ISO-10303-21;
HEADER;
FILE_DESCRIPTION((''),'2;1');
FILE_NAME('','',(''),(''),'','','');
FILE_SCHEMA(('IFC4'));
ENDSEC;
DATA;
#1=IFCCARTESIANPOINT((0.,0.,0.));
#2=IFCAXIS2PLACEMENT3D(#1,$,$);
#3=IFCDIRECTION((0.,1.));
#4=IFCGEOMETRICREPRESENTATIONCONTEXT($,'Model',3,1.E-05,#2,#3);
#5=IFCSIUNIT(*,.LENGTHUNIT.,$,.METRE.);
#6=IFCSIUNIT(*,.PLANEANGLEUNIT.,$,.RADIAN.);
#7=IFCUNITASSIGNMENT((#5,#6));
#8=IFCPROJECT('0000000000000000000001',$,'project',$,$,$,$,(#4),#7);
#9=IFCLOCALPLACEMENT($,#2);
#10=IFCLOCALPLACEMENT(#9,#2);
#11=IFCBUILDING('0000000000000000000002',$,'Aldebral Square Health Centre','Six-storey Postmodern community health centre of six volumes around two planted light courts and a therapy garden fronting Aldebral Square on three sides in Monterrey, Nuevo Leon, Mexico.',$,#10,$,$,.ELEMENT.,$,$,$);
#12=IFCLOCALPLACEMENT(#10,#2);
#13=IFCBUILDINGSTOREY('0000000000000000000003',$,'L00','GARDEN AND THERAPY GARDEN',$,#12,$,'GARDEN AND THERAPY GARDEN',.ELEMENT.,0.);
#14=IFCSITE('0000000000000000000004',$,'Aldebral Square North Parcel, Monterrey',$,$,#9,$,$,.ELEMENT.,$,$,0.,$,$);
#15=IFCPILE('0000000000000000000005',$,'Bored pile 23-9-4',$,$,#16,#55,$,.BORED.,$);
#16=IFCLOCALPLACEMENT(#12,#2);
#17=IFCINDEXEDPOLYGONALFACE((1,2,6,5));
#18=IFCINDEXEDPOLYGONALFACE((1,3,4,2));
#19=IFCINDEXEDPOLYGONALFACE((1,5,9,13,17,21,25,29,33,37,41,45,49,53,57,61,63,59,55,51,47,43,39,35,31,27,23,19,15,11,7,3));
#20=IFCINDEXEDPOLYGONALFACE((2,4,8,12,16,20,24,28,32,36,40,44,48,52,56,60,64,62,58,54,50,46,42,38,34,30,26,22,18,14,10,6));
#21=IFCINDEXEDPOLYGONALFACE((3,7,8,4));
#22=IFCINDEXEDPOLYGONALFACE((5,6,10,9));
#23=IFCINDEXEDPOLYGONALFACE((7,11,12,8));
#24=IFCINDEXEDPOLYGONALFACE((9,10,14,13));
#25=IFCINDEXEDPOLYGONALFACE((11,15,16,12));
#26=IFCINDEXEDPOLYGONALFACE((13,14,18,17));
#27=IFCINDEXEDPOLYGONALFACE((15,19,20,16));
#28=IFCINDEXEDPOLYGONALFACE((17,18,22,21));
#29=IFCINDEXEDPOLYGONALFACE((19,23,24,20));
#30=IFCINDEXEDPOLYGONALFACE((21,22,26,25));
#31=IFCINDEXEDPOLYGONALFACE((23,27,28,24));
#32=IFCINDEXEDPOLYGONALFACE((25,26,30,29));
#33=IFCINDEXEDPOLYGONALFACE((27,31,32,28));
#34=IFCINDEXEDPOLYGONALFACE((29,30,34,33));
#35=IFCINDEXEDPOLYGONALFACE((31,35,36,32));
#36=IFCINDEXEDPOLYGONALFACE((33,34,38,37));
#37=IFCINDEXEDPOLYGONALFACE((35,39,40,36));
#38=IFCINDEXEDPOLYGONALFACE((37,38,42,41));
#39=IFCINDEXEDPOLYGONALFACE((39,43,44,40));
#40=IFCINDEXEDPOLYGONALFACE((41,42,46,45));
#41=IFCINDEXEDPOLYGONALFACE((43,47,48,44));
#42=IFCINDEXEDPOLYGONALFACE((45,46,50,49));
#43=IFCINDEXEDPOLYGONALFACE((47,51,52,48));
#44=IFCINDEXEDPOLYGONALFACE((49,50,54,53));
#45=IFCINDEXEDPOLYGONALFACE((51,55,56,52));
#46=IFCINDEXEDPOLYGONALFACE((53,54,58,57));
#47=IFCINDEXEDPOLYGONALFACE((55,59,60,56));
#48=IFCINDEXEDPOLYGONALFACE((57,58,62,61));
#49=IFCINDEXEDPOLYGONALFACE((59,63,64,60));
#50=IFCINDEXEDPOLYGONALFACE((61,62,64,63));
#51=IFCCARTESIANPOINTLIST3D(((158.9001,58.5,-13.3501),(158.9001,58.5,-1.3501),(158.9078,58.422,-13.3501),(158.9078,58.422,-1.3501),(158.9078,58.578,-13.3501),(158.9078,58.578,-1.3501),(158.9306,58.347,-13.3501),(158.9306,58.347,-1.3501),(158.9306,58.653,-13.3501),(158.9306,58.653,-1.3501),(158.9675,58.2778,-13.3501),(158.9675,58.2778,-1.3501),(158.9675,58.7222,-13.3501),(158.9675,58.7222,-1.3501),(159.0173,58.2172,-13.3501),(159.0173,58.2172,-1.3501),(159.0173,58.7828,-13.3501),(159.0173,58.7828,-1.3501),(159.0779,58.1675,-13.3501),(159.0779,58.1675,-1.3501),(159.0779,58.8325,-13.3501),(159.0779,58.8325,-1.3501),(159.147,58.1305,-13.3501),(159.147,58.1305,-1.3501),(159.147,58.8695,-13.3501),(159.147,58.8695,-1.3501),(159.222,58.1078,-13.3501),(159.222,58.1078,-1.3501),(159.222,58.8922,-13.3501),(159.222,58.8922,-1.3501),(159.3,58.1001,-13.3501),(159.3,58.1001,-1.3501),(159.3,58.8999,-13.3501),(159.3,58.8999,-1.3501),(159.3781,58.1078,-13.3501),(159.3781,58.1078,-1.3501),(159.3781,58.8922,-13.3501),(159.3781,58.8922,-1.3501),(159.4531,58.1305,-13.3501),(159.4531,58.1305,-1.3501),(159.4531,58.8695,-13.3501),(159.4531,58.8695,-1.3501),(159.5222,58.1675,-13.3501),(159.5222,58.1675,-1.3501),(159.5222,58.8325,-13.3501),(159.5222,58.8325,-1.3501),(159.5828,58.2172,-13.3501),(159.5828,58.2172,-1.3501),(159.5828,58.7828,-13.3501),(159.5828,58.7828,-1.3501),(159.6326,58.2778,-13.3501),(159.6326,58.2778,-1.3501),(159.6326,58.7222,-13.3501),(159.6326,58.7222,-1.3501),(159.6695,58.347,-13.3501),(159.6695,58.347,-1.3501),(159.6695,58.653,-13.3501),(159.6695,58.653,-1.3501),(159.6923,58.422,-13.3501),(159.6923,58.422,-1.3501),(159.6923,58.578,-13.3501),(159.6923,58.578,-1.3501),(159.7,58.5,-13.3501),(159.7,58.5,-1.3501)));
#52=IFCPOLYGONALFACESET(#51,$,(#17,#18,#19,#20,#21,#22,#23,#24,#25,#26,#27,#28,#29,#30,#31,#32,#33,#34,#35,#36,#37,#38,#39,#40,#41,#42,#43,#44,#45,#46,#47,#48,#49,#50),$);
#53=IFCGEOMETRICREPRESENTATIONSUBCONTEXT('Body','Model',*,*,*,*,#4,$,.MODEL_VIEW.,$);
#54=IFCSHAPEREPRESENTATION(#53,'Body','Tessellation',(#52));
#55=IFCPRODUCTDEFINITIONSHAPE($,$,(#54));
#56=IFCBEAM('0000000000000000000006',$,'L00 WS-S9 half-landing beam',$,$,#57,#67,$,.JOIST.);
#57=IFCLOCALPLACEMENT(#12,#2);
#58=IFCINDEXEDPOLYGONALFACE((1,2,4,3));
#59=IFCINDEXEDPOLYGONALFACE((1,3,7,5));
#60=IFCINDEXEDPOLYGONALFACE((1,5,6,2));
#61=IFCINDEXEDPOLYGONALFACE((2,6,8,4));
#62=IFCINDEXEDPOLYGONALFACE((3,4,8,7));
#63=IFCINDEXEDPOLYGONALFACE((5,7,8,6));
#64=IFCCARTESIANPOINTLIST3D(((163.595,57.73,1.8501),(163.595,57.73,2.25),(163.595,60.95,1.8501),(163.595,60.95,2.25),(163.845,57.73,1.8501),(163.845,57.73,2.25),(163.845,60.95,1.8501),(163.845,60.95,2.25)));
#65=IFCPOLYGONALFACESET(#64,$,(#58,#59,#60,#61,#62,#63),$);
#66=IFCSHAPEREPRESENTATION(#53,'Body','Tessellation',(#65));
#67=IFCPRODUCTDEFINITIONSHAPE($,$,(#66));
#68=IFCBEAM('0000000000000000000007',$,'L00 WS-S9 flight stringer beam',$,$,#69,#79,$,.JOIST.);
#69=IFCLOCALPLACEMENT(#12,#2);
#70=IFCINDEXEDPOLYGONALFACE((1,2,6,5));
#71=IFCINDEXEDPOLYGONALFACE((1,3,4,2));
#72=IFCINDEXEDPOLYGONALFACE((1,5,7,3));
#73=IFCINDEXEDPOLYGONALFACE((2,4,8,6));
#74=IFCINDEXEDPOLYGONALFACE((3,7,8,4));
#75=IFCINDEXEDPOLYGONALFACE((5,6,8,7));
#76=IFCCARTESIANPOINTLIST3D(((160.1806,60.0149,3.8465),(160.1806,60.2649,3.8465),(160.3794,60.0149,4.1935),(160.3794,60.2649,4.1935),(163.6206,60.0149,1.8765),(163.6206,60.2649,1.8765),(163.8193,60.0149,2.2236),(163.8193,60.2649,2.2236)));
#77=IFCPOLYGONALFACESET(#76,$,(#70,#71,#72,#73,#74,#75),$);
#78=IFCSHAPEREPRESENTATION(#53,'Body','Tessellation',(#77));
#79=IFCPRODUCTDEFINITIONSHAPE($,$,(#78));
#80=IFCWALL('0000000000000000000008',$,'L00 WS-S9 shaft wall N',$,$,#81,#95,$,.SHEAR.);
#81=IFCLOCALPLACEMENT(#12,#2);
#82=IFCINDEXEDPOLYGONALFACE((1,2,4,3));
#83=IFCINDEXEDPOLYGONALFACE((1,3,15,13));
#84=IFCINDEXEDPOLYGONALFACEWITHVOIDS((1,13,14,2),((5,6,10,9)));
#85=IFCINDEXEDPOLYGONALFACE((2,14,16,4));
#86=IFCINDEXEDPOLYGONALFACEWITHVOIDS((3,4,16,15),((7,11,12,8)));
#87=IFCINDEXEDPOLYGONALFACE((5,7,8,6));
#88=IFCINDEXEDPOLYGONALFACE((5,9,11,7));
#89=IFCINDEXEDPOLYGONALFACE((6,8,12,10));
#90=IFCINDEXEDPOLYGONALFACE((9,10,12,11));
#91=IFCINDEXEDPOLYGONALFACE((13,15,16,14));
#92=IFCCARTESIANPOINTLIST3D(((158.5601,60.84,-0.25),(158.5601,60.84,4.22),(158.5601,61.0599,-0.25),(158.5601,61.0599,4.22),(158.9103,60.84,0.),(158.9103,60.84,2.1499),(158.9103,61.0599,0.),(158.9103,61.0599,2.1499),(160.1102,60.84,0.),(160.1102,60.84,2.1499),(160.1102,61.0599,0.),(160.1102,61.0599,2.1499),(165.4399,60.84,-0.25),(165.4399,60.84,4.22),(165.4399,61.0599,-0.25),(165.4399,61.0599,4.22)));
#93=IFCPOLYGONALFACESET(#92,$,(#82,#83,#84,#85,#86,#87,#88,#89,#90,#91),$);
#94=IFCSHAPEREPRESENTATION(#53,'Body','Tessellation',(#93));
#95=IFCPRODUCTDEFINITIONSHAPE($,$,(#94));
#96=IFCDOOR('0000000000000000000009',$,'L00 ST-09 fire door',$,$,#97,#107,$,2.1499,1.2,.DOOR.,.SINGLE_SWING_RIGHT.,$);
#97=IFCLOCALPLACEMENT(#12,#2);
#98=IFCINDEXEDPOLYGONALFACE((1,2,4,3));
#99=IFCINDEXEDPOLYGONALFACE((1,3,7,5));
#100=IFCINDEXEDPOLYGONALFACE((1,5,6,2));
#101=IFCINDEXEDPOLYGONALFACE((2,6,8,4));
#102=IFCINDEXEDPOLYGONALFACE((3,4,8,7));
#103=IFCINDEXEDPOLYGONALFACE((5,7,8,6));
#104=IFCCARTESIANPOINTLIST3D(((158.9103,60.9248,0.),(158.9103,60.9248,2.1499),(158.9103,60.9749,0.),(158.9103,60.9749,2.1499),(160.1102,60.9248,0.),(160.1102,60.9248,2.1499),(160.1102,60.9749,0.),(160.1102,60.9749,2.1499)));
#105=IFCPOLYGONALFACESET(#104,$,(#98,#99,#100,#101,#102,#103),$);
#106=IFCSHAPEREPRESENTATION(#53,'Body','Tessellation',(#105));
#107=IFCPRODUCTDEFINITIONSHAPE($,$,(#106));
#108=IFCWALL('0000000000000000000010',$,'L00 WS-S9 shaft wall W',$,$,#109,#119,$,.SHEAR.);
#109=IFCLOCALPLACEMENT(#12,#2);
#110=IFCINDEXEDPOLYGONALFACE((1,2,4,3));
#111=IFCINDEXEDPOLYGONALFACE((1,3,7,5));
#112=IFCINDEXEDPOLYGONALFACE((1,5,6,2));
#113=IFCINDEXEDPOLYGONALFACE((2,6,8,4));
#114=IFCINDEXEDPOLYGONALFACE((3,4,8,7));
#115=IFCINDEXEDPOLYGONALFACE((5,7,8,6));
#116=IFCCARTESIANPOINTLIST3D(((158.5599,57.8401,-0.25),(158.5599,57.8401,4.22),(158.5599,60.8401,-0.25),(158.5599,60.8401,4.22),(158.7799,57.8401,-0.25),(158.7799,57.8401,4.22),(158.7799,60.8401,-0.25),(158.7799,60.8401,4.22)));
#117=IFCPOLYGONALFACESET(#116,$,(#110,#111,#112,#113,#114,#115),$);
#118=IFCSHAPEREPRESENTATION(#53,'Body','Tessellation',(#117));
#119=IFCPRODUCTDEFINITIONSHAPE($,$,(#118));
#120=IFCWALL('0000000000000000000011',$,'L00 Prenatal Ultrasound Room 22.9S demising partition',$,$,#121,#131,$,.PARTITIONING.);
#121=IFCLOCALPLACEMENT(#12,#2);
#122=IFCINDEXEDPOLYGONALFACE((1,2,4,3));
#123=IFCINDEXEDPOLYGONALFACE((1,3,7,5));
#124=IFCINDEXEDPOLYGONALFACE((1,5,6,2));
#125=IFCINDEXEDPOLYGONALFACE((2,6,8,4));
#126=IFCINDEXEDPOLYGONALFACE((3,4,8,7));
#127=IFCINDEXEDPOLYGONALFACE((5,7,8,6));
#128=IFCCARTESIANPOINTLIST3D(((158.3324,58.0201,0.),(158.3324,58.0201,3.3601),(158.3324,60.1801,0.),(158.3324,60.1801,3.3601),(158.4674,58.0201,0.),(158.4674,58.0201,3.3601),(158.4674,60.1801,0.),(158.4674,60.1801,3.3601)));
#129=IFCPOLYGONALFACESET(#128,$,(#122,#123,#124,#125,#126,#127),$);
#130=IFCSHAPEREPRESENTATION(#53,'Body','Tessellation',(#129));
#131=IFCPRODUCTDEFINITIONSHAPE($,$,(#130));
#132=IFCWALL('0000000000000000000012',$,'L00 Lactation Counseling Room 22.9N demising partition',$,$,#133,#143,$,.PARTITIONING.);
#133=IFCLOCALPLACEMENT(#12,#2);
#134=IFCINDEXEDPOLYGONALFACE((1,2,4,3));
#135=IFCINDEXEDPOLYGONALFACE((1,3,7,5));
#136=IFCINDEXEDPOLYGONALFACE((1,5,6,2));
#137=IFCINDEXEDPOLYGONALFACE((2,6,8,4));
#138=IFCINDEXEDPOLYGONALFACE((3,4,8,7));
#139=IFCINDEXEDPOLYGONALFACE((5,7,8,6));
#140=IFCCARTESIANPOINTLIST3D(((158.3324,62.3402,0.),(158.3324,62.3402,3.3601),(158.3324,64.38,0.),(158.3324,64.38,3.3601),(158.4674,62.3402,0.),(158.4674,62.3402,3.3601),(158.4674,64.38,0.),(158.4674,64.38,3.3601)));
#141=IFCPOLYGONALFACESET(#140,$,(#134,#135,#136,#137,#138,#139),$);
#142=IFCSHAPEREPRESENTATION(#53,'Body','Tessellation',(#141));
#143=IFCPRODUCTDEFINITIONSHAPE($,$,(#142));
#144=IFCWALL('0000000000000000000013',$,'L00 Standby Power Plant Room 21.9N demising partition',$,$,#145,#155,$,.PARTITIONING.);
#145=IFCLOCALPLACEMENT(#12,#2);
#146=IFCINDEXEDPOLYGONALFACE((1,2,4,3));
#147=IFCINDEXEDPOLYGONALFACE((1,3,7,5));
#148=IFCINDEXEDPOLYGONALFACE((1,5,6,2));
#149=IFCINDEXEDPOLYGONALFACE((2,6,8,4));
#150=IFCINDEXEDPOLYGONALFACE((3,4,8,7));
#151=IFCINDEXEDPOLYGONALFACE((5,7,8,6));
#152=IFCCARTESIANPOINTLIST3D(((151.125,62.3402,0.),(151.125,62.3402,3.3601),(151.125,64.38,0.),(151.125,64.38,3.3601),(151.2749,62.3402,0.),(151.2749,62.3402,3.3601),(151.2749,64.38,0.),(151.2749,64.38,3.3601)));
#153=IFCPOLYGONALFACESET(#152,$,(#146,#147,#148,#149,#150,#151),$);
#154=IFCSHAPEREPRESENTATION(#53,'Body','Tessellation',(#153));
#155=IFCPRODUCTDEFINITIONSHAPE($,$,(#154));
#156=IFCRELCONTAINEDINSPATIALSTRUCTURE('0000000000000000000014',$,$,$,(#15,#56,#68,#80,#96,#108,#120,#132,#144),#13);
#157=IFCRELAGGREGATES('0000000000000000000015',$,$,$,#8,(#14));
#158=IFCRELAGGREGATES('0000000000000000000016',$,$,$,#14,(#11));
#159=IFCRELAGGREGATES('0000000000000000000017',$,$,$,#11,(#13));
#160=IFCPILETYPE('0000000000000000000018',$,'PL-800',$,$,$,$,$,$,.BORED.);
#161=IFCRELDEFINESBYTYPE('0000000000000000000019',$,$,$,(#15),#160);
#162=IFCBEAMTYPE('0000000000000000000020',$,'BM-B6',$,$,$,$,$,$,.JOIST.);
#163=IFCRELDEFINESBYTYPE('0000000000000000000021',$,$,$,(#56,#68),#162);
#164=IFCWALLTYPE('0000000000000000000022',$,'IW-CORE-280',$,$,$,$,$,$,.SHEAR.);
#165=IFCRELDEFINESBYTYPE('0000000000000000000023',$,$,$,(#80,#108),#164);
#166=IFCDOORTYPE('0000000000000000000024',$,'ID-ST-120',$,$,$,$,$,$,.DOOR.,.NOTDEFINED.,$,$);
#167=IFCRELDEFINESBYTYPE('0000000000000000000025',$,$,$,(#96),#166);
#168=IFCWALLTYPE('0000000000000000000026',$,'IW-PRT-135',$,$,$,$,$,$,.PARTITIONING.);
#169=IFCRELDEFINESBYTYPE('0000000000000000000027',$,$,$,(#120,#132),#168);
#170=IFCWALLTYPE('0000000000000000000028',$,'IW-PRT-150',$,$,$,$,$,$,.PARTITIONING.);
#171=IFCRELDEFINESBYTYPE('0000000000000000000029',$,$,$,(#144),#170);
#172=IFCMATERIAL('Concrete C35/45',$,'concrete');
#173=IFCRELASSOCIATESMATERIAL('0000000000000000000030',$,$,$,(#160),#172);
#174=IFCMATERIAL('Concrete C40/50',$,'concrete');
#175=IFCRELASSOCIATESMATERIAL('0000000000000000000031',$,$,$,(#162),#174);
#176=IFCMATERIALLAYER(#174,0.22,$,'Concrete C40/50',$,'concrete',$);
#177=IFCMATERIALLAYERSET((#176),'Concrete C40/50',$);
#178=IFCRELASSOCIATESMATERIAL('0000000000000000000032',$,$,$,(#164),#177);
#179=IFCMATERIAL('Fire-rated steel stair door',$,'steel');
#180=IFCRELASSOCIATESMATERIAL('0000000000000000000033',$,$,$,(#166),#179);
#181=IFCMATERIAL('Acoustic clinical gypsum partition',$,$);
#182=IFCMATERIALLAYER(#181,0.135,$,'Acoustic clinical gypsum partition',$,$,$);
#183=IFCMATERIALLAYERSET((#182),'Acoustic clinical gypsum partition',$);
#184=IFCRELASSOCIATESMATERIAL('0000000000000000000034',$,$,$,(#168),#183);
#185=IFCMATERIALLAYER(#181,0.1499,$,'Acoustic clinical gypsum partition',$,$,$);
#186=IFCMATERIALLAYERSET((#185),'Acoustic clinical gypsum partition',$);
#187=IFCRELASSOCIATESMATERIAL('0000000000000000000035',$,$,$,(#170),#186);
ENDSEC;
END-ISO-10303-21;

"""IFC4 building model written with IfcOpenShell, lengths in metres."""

from ifc_helpers import new_model, si_unit, direction, frame, frame_2d, origin, origin_2d, place, context, subcontext, project, spatial, rectangle, circle, extrude, material, layer, layer_set, material_profile, profile_set, type_object, element, fill, save


model = new_model("IFC4")

# Units and contexts
model_context = context("Model", 3, precision=1e-05, world=origin(), true_north=direction((0.0, 1.0)))
body_context = subcontext(model_context, "Body", "Model", "MODEL_VIEW")
ifc_project = project(units=[si_unit("LENGTHUNIT", "METRE"), si_unit("PLANEANGLEUNIT", "RADIAN")], contexts=[model_context])

# Site, building, storey
site_placement = place(None, origin())
site = spatial("IfcSite", under=ifc_project, at=site_placement, Name="Aldebral Square North Parcel, Monterrey", CompositionType="ELEMENT", RefElevation=0.0)
building_placement = place(site_placement, origin())
building = spatial("IfcBuilding", under=site, at=building_placement, Name="Aldebral Square Health Centre", Description="Six-storey Postmodern community health centre of six volumes around two planted light courts and a therapy garden fronting Aldebral Square on three sides in Monterrey, Nuevo Leon, Mexico.", CompositionType="ELEMENT")
storey_placement = place(building_placement, origin())
storey = spatial("IfcBuildingStorey", under=building, at=storey_placement, Name="L00", Description="GARDEN AND THERAPY GARDEN", LongName="GARDEN AND THERAPY GARDEN", CompositionType="ELEMENT", Elevation=0.0)

# Shared definitions
ifc_material_1 = material(Name="Concrete C35/45", Category="concrete")

# Pile
ifc_material_profile_1 = material_profile(ifc_material_1, circle(Radius=0.3999, at=origin_2d()), Name="PILE D800")
ifc_profile_set_1 = profile_set([ifc_material_profile_1], Name="Concrete C35/45")
pile_type_1 = type_object("IfcPileType", Name="PL-800", PredefinedType="BORED", material=ifc_profile_set_1)
for number, where, z_axis, x_axis, name in (
    (1, (159.3, 58.5, -1.3501), (0.0, 0.0, -1.0), (1.0, 0.0, 0.0), "Bored pile 23-9-4"),
):
    element("IfcPile", number, at=place(storey_placement, frame(where, z_axis=z_axis, x_axis=x_axis)), inside=storey, type_object=pile_type_1, Name=name, PredefinedType="BORED", context=body_context, shape_type="SweptSolid", body=[
        extrude(circle(Radius=0.3999, at=origin_2d()), origin(), (0.0, 0.0, 1.0), 12.0),
    ])

# Beams
ifc_material_2 = material(Name="Concrete C40/50", Category="concrete")
ifc_material_profile_2 = material_profile(ifc_material_2, rectangle(XDim=0.25, YDim=0.3999, at=origin_2d()), Name="RC 250x400")
ifc_profile_set_2 = profile_set([ifc_material_profile_2], Name="Concrete C40/50")
beam_type = type_object("IfcBeamType", Name="BM-B6", PredefinedType="JOIST", material=ifc_profile_set_2)
beam_1_placement = place(storey_placement, frame((163.72, 57.73, 2.05), z_axis=(0.0, 1.0, 0.0), x_axis=(-1.0, 0.0, 0.0)))
element("IfcBeam", 2, at=beam_1_placement, inside=storey, type_object=beam_type, Name="L00 WS-S9 half-landing beam", PredefinedType="JOIST", context=body_context, shape_type="SweptSolid", body=[
    extrude(rectangle(XDim=0.25, YDim=0.3999, at=origin_2d()), origin(), (0.0, 0.0, 1.0), 3.22),
])
beam_2_placement = place(storey_placement, frame((163.72, 60.1399, 2.05), z_axis=(-0.867777, 0.0, 0.496955), x_axis=(0.0, -1.0, 0.0)))
element("IfcBeam", 3, at=beam_2_placement, inside=storey, type_object=beam_type, Name="L00 WS-S9 flight stringer beam", PredefinedType="JOIST", context=body_context, shape_type="SweptSolid", body=[
    extrude(rectangle(XDim=0.25, YDim=0.3999, at=origin_2d()), origin(), (0.0, 0.0, 1.0), 3.9641),
])

# Wall, opening, door
ifc_layer_1 = layer(ifc_material_2, 0.22, Name="Concrete C40/50", Category="concrete")
ifc_layer_set_1 = layer_set([ifc_layer_1], Name="Concrete C40/50")
wall_type_1 = type_object("IfcWallType", Name="IW-CORE-280", PredefinedType="SHEAR", material=ifc_layer_set_1)
wall_1_placement = place(storey_placement, frame((158.5601, 60.95, -0.25), z_axis=(0.0, 0.0, 1.0), x_axis=(1.0, 0.0, 0.0)))
wall_1 = element("IfcWall", 4, at=wall_1_placement, inside=storey, type_object=wall_type_1, Name="L00 WS-S9 shaft wall N", PredefinedType="SHEAR", context=body_context, shape_type="SweptSolid", body=[
    extrude(rectangle(XDim=6.8799, YDim=0.22, at=frame_2d((3.4399, 0.0))), origin(), (0.0, 0.0, 1.0), 4.47),
])
opening_1_placement = place(wall_1_placement, frame((0.3501, 0.0, 0.25)))
opening_1 = element("IfcOpeningElement", 5, at=opening_1_placement, cuts=wall_1, PredefinedType="OPENING", context=body_context, shape_type="SweptSolid", body=[
    extrude(rectangle(XDim=1.2, YDim=2.1499, at=frame_2d((0.6001, 1.075))), frame((0.0, 0.1201, 0.0), z_axis=(0.0, -1.0, 0.0), x_axis=(1.0, 0.0, 0.0)), (0.0, 0.0, 1.0), 0.24),
])
ifc_material_3 = material(Name="Fire-rated steel stair door", Category="steel")
door_type_1 = type_object("IfcDoorType", Name="ID-ST-120", OperationType="NOTDEFINED", PredefinedType="DOOR", material=ifc_material_3)
door_1_placement = place(opening_1_placement, origin())
door_1 = element("IfcDoor", 6, at=door_1_placement, inside=storey, type_object=door_type_1, Name="L00 ST-09 fire door", OperationType="SINGLE_SWING_RIGHT", OverallHeight=2.1499, OverallWidth=1.2, PredefinedType="DOOR", context=body_context, shape_type="SweptSolid", body=[
    extrude(rectangle(XDim=1.2, YDim=2.1499, at=frame_2d((0.6001, 1.075))), frame((0.0, 0.0249, 0.0), z_axis=(0.0, -1.0, 0.0), x_axis=(1.0, 0.0, 0.0)), (0.0, 0.0, 1.0), 0.05),
])
fill(opening_1, door_1)

# Walls
wall_2_placement = place(storey_placement, frame((158.6699, 57.8401, -0.25), z_axis=(0.0, 0.0, 1.0), x_axis=(0.0, 1.0, 0.0)))
element("IfcWall", 7, at=wall_2_placement, inside=storey, type_object=wall_type_1, Name="L00 WS-S9 shaft wall W", PredefinedType="SHEAR", context=body_context, shape_type="SweptSolid", body=[
    extrude(rectangle(XDim=3.0, YDim=0.22, at=frame_2d((1.5, 0.0))), origin(), (0.0, 0.0, 1.0), 4.47),
])
ifc_material_4 = material(Name="Acoustic clinical gypsum partition")
ifc_layer_2 = layer(ifc_material_4, 0.135, Name="Acoustic clinical gypsum partition")
ifc_layer_set_2 = layer_set([ifc_layer_2], Name="Acoustic clinical gypsum partition")
wall_type_2 = type_object("IfcWallType", Name="IW-PRT-135", PredefinedType="PARTITIONING", material=ifc_layer_set_2)
wall_3_placement = place(storey_placement, frame((158.3999, 58.02, 0.0), z_axis=(0.0, 0.0, 1.0), x_axis=(0.0, 1.0, 0.0)))
element("IfcWall", 8, at=wall_3_placement, inside=storey, type_object=wall_type_2, Name="L00 Prenatal Ultrasound Room 22.9S demising partition", PredefinedType="PARTITIONING", context=body_context, shape_type="SweptSolid", body=[
    extrude(rectangle(XDim=2.1599, YDim=0.135, at=frame_2d((1.0801, 0.0))), origin(), (0.0, 0.0, 1.0), 3.3601),
])
wall_4_placement = place(storey_placement, frame((158.3999, 62.3401, 0.0), z_axis=(0.0, 0.0, 1.0), x_axis=(0.0, 1.0, 0.0)))
element("IfcWall", 9, at=wall_4_placement, inside=storey, type_object=wall_type_2, Name="L00 Lactation Counseling Room 22.9N demising partition", PredefinedType="PARTITIONING", context=body_context, shape_type="SweptSolid", body=[
    extrude(rectangle(XDim=2.0398, YDim=0.135, at=frame_2d((1.02, 0.0))), origin(), (0.0, 0.0, 1.0), 3.3601),
])
ifc_layer_3 = layer(ifc_material_4, 0.1499, Name="Acoustic clinical gypsum partition")
ifc_layer_set_3 = layer_set([ifc_layer_3], Name="Acoustic clinical gypsum partition")
wall_type_3 = type_object("IfcWallType", Name="IW-PRT-150", PredefinedType="PARTITIONING", material=ifc_layer_set_3)
wall_5_placement = place(storey_placement, frame((151.2, 62.3401, 0.0), z_axis=(0.0, 0.0, 1.0), x_axis=(0.0, 1.0, 0.0)))
element("IfcWall", 10, at=wall_5_placement, inside=storey, type_object=wall_type_3, Name="L00 Standby Power Plant Room 21.9N demising partition", PredefinedType="PARTITIONING", context=body_context, shape_type="SweptSolid", body=[
    extrude(rectangle(XDim=2.0398, YDim=0.1499, at=frame_2d((1.02, 0.0))), origin(), (0.0, 0.0, 1.0), 3.3601),
])

save(model, "model.ifc")
